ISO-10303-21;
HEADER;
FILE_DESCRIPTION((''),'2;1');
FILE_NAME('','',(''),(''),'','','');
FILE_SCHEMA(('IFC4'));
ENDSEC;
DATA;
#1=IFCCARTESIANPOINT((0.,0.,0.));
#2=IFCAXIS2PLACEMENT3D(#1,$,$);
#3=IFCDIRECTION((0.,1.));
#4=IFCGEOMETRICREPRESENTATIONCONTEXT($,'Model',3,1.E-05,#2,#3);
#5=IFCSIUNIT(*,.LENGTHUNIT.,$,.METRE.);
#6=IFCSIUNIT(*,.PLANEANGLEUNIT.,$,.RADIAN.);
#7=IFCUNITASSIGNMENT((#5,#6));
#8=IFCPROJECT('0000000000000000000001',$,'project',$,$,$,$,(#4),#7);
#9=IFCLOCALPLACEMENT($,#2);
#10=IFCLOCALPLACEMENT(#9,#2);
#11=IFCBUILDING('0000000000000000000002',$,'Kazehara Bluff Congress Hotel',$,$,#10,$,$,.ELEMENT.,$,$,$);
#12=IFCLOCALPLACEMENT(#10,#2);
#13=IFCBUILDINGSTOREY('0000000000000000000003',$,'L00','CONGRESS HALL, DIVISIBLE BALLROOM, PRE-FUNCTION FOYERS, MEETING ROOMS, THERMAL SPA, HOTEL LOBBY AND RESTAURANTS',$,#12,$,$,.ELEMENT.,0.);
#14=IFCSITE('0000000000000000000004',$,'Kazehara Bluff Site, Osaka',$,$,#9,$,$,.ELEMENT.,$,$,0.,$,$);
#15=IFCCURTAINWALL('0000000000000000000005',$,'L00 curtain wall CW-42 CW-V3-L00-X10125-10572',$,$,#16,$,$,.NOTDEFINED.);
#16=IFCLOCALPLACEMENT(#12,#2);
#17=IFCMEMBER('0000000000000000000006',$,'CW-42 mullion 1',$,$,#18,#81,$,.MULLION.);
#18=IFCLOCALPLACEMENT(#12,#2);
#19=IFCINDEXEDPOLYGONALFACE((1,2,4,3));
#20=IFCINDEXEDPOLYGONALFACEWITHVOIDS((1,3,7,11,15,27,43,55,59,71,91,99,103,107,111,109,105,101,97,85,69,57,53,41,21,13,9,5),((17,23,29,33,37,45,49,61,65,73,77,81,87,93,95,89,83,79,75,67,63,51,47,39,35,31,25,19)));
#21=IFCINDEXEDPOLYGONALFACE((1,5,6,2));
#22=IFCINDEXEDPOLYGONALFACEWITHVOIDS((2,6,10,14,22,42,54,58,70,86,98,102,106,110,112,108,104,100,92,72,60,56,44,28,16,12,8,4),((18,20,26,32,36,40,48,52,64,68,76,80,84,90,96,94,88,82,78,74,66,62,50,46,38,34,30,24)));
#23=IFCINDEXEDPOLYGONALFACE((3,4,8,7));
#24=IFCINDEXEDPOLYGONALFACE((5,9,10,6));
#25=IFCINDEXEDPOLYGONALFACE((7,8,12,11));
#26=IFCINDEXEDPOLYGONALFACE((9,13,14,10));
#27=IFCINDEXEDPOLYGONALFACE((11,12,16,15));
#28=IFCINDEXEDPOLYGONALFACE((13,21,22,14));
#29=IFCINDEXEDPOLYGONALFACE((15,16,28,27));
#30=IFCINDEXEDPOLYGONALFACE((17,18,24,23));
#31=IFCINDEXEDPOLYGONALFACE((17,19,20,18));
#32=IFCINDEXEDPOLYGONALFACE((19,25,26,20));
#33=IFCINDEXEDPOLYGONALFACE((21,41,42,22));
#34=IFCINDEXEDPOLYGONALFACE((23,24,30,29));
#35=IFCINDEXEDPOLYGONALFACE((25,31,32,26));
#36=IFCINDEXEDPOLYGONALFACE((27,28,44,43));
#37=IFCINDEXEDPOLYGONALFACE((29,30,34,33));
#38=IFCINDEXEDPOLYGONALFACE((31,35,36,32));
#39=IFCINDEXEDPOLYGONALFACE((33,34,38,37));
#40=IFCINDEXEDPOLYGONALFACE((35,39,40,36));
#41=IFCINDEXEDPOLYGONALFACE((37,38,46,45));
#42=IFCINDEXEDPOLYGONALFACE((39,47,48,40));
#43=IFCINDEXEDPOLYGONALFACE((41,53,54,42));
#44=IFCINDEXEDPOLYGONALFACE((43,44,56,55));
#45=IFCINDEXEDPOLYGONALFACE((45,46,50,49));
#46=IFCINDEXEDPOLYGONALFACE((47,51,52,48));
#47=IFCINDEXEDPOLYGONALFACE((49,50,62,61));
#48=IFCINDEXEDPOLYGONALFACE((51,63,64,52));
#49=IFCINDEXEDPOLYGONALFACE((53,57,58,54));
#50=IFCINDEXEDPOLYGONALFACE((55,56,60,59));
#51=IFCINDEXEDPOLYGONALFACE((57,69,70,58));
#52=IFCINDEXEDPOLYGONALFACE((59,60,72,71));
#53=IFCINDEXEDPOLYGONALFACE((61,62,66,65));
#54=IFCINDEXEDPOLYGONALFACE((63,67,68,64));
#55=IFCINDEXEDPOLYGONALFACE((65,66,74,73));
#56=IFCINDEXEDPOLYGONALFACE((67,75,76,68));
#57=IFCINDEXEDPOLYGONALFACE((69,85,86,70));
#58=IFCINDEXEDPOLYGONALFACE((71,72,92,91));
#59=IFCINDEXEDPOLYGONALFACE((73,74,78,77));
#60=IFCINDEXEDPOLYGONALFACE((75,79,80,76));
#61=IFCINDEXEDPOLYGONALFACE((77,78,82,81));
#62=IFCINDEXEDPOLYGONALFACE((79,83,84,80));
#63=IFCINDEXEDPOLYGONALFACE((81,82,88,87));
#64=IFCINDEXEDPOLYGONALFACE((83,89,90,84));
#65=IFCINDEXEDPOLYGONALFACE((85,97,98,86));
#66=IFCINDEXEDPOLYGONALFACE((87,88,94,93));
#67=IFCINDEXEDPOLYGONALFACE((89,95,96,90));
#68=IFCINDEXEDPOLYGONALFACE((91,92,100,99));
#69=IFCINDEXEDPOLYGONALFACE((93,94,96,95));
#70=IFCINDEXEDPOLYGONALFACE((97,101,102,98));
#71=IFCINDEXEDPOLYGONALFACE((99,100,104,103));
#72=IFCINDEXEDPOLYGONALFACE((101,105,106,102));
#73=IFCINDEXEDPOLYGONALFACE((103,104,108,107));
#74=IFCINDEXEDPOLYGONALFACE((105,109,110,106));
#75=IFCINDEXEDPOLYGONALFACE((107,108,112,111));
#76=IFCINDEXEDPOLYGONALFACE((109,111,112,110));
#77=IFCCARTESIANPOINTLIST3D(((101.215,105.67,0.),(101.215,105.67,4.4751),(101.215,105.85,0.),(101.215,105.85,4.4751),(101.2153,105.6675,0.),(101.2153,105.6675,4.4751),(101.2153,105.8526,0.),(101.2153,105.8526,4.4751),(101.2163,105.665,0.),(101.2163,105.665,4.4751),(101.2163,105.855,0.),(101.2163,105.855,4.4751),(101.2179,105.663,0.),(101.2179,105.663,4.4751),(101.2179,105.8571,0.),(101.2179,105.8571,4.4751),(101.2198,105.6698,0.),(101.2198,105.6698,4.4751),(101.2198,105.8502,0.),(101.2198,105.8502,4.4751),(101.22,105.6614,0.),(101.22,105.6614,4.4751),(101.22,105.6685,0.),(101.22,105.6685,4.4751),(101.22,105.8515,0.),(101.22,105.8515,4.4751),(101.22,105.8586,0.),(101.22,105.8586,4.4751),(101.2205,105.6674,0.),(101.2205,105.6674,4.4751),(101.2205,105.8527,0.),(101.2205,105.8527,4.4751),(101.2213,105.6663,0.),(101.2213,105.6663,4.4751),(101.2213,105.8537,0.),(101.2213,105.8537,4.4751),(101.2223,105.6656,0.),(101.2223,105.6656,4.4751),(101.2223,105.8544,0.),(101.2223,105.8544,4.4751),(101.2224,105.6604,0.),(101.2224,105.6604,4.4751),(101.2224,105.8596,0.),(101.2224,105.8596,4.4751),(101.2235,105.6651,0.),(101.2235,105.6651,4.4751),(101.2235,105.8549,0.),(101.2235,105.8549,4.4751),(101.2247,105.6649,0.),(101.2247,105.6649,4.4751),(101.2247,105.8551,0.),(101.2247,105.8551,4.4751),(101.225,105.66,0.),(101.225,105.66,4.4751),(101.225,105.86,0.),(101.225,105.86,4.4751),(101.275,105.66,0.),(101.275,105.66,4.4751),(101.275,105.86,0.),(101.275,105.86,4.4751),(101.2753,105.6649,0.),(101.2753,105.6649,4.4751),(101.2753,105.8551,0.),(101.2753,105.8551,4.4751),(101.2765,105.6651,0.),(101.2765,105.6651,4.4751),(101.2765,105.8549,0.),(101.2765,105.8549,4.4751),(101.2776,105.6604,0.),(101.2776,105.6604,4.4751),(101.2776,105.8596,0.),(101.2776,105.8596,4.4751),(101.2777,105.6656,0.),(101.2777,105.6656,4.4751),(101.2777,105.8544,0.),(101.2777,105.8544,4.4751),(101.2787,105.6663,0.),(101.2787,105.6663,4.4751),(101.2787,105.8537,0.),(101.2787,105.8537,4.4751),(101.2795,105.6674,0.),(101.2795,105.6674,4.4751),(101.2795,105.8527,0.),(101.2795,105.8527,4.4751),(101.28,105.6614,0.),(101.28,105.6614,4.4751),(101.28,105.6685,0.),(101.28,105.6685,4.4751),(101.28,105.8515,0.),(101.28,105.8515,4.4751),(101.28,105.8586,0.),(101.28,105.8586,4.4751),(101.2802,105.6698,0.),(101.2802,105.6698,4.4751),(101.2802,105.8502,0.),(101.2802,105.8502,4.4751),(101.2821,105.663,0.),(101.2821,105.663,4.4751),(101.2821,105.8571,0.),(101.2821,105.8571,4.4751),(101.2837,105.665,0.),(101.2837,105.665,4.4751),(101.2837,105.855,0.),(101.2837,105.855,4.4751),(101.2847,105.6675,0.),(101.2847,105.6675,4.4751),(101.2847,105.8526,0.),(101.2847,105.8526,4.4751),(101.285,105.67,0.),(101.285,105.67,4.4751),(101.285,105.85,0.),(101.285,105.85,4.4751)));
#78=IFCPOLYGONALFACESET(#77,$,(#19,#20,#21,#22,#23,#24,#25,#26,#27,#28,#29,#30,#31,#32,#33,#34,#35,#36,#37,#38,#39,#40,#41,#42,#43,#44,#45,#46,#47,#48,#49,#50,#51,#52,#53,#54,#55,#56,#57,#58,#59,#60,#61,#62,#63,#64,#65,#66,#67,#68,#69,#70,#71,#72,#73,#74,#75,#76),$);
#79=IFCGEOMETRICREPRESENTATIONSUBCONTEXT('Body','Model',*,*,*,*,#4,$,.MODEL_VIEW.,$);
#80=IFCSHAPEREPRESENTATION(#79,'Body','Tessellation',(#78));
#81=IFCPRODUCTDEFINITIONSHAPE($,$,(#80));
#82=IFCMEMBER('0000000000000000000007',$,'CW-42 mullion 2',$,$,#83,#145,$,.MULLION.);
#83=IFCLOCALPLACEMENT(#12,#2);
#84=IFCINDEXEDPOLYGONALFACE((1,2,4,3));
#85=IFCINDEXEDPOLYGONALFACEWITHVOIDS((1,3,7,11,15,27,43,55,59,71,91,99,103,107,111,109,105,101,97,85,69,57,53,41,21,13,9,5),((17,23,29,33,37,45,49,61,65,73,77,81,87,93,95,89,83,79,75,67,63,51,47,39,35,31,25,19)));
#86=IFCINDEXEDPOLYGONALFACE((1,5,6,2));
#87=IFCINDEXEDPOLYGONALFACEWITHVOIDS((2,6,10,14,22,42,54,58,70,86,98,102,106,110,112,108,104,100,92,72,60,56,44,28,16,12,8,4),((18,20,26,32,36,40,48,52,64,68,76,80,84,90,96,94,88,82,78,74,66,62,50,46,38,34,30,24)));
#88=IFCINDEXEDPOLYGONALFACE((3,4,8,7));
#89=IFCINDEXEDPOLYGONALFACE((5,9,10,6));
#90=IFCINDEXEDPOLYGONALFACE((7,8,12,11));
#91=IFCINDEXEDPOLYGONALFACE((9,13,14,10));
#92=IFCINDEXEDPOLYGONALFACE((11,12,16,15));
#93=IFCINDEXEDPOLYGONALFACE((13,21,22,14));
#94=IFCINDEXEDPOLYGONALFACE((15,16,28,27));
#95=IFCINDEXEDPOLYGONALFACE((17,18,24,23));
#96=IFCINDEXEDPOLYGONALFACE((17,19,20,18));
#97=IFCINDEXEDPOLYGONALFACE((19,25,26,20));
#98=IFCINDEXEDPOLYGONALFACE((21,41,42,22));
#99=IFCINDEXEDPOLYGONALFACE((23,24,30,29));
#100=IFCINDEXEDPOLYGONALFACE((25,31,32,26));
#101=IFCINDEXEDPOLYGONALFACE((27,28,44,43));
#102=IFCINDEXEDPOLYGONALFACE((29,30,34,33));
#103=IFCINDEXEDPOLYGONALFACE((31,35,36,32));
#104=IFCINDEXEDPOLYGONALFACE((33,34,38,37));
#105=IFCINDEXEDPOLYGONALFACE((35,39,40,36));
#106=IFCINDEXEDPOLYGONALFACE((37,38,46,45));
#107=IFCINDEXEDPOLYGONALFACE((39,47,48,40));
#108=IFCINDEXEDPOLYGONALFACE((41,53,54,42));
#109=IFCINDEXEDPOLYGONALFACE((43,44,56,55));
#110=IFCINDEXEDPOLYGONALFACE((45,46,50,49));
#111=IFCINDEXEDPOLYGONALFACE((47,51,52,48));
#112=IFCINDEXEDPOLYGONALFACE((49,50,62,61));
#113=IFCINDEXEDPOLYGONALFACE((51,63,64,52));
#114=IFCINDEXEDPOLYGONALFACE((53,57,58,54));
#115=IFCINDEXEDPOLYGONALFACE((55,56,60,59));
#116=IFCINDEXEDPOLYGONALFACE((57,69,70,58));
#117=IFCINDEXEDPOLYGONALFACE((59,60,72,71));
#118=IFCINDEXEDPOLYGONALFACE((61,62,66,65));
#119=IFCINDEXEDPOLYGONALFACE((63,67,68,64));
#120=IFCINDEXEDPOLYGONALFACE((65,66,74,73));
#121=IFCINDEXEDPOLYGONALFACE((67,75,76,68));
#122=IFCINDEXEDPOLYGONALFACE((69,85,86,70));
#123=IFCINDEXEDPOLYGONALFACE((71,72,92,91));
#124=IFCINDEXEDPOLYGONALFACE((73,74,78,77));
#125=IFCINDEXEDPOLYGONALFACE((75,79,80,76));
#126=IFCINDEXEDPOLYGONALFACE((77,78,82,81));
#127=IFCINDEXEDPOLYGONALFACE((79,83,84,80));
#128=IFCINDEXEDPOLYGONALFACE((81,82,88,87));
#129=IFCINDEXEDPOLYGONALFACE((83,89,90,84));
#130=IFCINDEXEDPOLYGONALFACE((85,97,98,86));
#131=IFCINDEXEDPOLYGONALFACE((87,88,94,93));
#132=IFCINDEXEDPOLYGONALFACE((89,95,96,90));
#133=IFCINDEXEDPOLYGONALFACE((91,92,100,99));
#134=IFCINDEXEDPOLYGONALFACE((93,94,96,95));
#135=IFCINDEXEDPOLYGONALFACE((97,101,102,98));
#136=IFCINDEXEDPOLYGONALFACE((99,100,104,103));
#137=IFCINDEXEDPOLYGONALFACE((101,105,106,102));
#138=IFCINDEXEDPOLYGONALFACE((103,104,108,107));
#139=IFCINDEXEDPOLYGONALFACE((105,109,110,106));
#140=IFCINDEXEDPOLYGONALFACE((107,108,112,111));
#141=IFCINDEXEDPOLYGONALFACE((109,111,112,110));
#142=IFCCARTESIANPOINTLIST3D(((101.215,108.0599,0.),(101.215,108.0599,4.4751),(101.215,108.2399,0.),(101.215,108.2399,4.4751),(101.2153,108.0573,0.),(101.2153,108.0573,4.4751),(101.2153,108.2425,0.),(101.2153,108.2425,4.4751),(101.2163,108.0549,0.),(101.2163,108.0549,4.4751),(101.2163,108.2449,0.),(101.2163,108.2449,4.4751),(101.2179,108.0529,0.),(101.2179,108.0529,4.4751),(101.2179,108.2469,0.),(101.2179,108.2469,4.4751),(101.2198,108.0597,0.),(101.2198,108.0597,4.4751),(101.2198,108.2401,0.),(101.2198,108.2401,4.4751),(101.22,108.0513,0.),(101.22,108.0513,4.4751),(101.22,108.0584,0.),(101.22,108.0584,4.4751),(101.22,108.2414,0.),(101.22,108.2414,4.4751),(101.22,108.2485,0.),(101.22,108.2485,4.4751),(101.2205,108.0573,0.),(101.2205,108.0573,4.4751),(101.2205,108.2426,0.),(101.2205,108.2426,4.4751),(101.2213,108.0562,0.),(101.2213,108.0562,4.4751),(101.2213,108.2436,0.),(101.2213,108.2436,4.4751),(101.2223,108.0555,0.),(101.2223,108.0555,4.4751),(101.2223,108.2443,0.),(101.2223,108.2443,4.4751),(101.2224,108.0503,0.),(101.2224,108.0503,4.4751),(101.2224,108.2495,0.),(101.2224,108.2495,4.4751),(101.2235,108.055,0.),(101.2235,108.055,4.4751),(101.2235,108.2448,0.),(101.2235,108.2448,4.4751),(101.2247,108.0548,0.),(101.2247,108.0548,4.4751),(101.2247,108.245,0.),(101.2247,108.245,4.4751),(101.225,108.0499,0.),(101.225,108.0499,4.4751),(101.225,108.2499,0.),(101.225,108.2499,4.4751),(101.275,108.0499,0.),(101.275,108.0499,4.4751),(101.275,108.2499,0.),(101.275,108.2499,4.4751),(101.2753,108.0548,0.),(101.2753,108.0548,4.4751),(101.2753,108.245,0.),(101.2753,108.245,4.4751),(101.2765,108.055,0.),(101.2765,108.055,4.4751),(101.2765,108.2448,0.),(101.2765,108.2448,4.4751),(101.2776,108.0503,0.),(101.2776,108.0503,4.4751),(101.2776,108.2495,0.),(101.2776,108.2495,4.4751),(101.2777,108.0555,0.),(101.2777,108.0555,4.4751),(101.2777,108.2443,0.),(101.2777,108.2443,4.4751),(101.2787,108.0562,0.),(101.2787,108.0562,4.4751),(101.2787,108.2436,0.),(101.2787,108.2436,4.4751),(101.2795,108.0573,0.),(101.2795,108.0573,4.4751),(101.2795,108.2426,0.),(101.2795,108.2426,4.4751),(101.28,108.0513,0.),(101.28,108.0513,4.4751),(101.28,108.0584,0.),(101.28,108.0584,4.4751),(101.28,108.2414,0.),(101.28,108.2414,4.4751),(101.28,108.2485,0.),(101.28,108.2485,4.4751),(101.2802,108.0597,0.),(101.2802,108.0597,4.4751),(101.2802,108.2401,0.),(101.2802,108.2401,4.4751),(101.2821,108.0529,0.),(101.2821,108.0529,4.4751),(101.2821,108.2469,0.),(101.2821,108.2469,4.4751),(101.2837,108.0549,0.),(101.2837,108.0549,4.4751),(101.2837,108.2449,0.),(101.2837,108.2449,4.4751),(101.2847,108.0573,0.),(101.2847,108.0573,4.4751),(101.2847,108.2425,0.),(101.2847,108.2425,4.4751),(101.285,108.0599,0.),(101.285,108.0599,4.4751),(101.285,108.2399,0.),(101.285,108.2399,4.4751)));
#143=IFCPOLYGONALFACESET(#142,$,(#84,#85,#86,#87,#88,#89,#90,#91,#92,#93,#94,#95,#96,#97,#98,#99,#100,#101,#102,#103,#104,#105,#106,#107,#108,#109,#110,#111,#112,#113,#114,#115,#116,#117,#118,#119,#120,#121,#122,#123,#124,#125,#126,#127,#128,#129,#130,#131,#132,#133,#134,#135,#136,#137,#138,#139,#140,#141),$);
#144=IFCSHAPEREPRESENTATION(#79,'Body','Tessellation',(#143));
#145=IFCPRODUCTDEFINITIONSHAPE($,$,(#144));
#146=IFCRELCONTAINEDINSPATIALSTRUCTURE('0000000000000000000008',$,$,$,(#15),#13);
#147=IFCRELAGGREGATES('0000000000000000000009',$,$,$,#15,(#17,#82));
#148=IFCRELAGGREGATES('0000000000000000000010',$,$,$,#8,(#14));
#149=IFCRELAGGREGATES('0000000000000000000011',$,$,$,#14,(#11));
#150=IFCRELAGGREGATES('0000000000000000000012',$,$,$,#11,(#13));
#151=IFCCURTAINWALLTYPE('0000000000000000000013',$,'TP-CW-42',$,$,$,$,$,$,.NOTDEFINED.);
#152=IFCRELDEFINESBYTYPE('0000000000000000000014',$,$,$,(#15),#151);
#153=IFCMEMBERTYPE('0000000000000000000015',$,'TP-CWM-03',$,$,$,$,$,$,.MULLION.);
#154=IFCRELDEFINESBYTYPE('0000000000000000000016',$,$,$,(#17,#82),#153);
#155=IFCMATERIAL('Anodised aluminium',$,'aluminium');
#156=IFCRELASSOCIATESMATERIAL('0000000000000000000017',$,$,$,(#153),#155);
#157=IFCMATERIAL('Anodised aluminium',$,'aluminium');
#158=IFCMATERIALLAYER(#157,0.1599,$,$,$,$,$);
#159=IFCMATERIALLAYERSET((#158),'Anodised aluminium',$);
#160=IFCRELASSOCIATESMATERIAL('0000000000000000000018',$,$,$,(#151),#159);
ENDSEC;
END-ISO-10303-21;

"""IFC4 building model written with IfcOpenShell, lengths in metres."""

from ifc_helpers import new_model, si_unit, direction, frame, origin, origin_2d, place, context, subcontext, project, spatial, hollow_rectangle, extrude, material, layer, layer_set, material_profile, profile_set, type_object, element, aggregate, save


model = new_model("IFC4")

# Units and contexts
model_context = context("Model", 3, precision=1e-05, world=origin(), true_north=direction((0.0, 1.0)))
body_context = subcontext(model_context, "Body", "Model", "MODEL_VIEW")
ifc_project = project(units=[si_unit("LENGTHUNIT", "METRE"), si_unit("PLANEANGLEUNIT", "RADIAN")], contexts=[model_context])

# Site, building, storey
site_placement = place(None, origin())
site = spatial("IfcSite", under=ifc_project, at=site_placement, Name="Kazehara Bluff Site, Osaka", CompositionType="ELEMENT", RefElevation=0.0)
building_placement = place(site_placement, origin())
building = spatial("IfcBuilding", under=site, at=building_placement, Name="Kazehara Bluff Congress Hotel", CompositionType="ELEMENT")
storey_placement = place(building_placement, origin())
storey = spatial("IfcBuildingStorey", under=building, at=storey_placement, Name="L00", Description="CONGRESS HALL, DIVISIBLE BALLROOM, PRE-FUNCTION FOYERS, MEETING ROOMS, THERMAL SPA, HOTEL LOBBY AND RESTAURANTS", CompositionType="ELEMENT", Elevation=0.0)

# Curtain wall, members
ifc_material_1 = material(Name="Anodised aluminium", Category="aluminium")
ifc_material_profile_1 = material_profile(ifc_material_1, hollow_rectangle(XDim=0.0701, YDim=0.2, WallThickness=0.0049, InnerFilletRadius=0.0049, OuterFilletRadius=0.01, at=origin_2d()))
ifc_profile_set_1 = profile_set([ifc_material_profile_1], Name="Anodised aluminium")
member_type_1 = type_object("IfcMemberType", Name="TP-CWM-03", PredefinedType="MULLION", material=ifc_profile_set_1)
ifc_material_2 = material(Name="Anodised aluminium", Category="aluminium")
ifc_layer_1 = layer(ifc_material_2, 0.1599)
ifc_layer_set_1 = layer_set([ifc_layer_1], Name="Anodised aluminium")
curtain_wall_type_1 = type_object("IfcCurtainWallType", Name="TP-CW-42", PredefinedType="NOTDEFINED", material=ifc_layer_set_1)
curtain_wall_1_placement = place(storey_placement, origin())
curtain_wall_1 = element("IfcCurtainWall", 1, at=curtain_wall_1_placement, inside=storey, type_object=curtain_wall_type_1, Name="L00 curtain wall CW-42 CW-V3-L00-X10125-10572", PredefinedType="NOTDEFINED")
member_1_placement = place(storey_placement, frame((101.25, 105.76, 0.0), z_axis=(0.0, 0.0, 1.0), x_axis=(-1.0, 0.0, 0.0)))
member_1 = element("IfcMember", 2, at=member_1_placement, type_object=member_type_1, Name="CW-42 mullion 1", PredefinedType="MULLION", context=body_context, shape_type="SweptSolid", body=[
    extrude(hollow_rectangle(XDim=0.0701, YDim=0.2, WallThickness=0.0049, InnerFilletRadius=0.0049, OuterFilletRadius=0.01, at=origin_2d()), origin(), (0.0, 0.0, 1.0), 4.4751),
])
member_2_placement = place(storey_placement, frame((101.25, 108.1499, 0.0), z_axis=(0.0, 0.0, 1.0), x_axis=(-1.0, 0.0, 0.0)))
member_2 = element("IfcMember", 3, at=member_2_placement, type_object=member_type_1, Name="CW-42 mullion 2", PredefinedType="MULLION", context=body_context, shape_type="SweptSolid", body=[
    extrude(hollow_rectangle(XDim=0.0701, YDim=0.2, WallThickness=0.0049, InnerFilletRadius=0.0049, OuterFilletRadius=0.01, at=origin_2d()), origin(), (0.0, 0.0, 1.0), 4.4751),
])

aggregate(curtain_wall_1, [member_1, member_2])

save(model, "model.ifc")
